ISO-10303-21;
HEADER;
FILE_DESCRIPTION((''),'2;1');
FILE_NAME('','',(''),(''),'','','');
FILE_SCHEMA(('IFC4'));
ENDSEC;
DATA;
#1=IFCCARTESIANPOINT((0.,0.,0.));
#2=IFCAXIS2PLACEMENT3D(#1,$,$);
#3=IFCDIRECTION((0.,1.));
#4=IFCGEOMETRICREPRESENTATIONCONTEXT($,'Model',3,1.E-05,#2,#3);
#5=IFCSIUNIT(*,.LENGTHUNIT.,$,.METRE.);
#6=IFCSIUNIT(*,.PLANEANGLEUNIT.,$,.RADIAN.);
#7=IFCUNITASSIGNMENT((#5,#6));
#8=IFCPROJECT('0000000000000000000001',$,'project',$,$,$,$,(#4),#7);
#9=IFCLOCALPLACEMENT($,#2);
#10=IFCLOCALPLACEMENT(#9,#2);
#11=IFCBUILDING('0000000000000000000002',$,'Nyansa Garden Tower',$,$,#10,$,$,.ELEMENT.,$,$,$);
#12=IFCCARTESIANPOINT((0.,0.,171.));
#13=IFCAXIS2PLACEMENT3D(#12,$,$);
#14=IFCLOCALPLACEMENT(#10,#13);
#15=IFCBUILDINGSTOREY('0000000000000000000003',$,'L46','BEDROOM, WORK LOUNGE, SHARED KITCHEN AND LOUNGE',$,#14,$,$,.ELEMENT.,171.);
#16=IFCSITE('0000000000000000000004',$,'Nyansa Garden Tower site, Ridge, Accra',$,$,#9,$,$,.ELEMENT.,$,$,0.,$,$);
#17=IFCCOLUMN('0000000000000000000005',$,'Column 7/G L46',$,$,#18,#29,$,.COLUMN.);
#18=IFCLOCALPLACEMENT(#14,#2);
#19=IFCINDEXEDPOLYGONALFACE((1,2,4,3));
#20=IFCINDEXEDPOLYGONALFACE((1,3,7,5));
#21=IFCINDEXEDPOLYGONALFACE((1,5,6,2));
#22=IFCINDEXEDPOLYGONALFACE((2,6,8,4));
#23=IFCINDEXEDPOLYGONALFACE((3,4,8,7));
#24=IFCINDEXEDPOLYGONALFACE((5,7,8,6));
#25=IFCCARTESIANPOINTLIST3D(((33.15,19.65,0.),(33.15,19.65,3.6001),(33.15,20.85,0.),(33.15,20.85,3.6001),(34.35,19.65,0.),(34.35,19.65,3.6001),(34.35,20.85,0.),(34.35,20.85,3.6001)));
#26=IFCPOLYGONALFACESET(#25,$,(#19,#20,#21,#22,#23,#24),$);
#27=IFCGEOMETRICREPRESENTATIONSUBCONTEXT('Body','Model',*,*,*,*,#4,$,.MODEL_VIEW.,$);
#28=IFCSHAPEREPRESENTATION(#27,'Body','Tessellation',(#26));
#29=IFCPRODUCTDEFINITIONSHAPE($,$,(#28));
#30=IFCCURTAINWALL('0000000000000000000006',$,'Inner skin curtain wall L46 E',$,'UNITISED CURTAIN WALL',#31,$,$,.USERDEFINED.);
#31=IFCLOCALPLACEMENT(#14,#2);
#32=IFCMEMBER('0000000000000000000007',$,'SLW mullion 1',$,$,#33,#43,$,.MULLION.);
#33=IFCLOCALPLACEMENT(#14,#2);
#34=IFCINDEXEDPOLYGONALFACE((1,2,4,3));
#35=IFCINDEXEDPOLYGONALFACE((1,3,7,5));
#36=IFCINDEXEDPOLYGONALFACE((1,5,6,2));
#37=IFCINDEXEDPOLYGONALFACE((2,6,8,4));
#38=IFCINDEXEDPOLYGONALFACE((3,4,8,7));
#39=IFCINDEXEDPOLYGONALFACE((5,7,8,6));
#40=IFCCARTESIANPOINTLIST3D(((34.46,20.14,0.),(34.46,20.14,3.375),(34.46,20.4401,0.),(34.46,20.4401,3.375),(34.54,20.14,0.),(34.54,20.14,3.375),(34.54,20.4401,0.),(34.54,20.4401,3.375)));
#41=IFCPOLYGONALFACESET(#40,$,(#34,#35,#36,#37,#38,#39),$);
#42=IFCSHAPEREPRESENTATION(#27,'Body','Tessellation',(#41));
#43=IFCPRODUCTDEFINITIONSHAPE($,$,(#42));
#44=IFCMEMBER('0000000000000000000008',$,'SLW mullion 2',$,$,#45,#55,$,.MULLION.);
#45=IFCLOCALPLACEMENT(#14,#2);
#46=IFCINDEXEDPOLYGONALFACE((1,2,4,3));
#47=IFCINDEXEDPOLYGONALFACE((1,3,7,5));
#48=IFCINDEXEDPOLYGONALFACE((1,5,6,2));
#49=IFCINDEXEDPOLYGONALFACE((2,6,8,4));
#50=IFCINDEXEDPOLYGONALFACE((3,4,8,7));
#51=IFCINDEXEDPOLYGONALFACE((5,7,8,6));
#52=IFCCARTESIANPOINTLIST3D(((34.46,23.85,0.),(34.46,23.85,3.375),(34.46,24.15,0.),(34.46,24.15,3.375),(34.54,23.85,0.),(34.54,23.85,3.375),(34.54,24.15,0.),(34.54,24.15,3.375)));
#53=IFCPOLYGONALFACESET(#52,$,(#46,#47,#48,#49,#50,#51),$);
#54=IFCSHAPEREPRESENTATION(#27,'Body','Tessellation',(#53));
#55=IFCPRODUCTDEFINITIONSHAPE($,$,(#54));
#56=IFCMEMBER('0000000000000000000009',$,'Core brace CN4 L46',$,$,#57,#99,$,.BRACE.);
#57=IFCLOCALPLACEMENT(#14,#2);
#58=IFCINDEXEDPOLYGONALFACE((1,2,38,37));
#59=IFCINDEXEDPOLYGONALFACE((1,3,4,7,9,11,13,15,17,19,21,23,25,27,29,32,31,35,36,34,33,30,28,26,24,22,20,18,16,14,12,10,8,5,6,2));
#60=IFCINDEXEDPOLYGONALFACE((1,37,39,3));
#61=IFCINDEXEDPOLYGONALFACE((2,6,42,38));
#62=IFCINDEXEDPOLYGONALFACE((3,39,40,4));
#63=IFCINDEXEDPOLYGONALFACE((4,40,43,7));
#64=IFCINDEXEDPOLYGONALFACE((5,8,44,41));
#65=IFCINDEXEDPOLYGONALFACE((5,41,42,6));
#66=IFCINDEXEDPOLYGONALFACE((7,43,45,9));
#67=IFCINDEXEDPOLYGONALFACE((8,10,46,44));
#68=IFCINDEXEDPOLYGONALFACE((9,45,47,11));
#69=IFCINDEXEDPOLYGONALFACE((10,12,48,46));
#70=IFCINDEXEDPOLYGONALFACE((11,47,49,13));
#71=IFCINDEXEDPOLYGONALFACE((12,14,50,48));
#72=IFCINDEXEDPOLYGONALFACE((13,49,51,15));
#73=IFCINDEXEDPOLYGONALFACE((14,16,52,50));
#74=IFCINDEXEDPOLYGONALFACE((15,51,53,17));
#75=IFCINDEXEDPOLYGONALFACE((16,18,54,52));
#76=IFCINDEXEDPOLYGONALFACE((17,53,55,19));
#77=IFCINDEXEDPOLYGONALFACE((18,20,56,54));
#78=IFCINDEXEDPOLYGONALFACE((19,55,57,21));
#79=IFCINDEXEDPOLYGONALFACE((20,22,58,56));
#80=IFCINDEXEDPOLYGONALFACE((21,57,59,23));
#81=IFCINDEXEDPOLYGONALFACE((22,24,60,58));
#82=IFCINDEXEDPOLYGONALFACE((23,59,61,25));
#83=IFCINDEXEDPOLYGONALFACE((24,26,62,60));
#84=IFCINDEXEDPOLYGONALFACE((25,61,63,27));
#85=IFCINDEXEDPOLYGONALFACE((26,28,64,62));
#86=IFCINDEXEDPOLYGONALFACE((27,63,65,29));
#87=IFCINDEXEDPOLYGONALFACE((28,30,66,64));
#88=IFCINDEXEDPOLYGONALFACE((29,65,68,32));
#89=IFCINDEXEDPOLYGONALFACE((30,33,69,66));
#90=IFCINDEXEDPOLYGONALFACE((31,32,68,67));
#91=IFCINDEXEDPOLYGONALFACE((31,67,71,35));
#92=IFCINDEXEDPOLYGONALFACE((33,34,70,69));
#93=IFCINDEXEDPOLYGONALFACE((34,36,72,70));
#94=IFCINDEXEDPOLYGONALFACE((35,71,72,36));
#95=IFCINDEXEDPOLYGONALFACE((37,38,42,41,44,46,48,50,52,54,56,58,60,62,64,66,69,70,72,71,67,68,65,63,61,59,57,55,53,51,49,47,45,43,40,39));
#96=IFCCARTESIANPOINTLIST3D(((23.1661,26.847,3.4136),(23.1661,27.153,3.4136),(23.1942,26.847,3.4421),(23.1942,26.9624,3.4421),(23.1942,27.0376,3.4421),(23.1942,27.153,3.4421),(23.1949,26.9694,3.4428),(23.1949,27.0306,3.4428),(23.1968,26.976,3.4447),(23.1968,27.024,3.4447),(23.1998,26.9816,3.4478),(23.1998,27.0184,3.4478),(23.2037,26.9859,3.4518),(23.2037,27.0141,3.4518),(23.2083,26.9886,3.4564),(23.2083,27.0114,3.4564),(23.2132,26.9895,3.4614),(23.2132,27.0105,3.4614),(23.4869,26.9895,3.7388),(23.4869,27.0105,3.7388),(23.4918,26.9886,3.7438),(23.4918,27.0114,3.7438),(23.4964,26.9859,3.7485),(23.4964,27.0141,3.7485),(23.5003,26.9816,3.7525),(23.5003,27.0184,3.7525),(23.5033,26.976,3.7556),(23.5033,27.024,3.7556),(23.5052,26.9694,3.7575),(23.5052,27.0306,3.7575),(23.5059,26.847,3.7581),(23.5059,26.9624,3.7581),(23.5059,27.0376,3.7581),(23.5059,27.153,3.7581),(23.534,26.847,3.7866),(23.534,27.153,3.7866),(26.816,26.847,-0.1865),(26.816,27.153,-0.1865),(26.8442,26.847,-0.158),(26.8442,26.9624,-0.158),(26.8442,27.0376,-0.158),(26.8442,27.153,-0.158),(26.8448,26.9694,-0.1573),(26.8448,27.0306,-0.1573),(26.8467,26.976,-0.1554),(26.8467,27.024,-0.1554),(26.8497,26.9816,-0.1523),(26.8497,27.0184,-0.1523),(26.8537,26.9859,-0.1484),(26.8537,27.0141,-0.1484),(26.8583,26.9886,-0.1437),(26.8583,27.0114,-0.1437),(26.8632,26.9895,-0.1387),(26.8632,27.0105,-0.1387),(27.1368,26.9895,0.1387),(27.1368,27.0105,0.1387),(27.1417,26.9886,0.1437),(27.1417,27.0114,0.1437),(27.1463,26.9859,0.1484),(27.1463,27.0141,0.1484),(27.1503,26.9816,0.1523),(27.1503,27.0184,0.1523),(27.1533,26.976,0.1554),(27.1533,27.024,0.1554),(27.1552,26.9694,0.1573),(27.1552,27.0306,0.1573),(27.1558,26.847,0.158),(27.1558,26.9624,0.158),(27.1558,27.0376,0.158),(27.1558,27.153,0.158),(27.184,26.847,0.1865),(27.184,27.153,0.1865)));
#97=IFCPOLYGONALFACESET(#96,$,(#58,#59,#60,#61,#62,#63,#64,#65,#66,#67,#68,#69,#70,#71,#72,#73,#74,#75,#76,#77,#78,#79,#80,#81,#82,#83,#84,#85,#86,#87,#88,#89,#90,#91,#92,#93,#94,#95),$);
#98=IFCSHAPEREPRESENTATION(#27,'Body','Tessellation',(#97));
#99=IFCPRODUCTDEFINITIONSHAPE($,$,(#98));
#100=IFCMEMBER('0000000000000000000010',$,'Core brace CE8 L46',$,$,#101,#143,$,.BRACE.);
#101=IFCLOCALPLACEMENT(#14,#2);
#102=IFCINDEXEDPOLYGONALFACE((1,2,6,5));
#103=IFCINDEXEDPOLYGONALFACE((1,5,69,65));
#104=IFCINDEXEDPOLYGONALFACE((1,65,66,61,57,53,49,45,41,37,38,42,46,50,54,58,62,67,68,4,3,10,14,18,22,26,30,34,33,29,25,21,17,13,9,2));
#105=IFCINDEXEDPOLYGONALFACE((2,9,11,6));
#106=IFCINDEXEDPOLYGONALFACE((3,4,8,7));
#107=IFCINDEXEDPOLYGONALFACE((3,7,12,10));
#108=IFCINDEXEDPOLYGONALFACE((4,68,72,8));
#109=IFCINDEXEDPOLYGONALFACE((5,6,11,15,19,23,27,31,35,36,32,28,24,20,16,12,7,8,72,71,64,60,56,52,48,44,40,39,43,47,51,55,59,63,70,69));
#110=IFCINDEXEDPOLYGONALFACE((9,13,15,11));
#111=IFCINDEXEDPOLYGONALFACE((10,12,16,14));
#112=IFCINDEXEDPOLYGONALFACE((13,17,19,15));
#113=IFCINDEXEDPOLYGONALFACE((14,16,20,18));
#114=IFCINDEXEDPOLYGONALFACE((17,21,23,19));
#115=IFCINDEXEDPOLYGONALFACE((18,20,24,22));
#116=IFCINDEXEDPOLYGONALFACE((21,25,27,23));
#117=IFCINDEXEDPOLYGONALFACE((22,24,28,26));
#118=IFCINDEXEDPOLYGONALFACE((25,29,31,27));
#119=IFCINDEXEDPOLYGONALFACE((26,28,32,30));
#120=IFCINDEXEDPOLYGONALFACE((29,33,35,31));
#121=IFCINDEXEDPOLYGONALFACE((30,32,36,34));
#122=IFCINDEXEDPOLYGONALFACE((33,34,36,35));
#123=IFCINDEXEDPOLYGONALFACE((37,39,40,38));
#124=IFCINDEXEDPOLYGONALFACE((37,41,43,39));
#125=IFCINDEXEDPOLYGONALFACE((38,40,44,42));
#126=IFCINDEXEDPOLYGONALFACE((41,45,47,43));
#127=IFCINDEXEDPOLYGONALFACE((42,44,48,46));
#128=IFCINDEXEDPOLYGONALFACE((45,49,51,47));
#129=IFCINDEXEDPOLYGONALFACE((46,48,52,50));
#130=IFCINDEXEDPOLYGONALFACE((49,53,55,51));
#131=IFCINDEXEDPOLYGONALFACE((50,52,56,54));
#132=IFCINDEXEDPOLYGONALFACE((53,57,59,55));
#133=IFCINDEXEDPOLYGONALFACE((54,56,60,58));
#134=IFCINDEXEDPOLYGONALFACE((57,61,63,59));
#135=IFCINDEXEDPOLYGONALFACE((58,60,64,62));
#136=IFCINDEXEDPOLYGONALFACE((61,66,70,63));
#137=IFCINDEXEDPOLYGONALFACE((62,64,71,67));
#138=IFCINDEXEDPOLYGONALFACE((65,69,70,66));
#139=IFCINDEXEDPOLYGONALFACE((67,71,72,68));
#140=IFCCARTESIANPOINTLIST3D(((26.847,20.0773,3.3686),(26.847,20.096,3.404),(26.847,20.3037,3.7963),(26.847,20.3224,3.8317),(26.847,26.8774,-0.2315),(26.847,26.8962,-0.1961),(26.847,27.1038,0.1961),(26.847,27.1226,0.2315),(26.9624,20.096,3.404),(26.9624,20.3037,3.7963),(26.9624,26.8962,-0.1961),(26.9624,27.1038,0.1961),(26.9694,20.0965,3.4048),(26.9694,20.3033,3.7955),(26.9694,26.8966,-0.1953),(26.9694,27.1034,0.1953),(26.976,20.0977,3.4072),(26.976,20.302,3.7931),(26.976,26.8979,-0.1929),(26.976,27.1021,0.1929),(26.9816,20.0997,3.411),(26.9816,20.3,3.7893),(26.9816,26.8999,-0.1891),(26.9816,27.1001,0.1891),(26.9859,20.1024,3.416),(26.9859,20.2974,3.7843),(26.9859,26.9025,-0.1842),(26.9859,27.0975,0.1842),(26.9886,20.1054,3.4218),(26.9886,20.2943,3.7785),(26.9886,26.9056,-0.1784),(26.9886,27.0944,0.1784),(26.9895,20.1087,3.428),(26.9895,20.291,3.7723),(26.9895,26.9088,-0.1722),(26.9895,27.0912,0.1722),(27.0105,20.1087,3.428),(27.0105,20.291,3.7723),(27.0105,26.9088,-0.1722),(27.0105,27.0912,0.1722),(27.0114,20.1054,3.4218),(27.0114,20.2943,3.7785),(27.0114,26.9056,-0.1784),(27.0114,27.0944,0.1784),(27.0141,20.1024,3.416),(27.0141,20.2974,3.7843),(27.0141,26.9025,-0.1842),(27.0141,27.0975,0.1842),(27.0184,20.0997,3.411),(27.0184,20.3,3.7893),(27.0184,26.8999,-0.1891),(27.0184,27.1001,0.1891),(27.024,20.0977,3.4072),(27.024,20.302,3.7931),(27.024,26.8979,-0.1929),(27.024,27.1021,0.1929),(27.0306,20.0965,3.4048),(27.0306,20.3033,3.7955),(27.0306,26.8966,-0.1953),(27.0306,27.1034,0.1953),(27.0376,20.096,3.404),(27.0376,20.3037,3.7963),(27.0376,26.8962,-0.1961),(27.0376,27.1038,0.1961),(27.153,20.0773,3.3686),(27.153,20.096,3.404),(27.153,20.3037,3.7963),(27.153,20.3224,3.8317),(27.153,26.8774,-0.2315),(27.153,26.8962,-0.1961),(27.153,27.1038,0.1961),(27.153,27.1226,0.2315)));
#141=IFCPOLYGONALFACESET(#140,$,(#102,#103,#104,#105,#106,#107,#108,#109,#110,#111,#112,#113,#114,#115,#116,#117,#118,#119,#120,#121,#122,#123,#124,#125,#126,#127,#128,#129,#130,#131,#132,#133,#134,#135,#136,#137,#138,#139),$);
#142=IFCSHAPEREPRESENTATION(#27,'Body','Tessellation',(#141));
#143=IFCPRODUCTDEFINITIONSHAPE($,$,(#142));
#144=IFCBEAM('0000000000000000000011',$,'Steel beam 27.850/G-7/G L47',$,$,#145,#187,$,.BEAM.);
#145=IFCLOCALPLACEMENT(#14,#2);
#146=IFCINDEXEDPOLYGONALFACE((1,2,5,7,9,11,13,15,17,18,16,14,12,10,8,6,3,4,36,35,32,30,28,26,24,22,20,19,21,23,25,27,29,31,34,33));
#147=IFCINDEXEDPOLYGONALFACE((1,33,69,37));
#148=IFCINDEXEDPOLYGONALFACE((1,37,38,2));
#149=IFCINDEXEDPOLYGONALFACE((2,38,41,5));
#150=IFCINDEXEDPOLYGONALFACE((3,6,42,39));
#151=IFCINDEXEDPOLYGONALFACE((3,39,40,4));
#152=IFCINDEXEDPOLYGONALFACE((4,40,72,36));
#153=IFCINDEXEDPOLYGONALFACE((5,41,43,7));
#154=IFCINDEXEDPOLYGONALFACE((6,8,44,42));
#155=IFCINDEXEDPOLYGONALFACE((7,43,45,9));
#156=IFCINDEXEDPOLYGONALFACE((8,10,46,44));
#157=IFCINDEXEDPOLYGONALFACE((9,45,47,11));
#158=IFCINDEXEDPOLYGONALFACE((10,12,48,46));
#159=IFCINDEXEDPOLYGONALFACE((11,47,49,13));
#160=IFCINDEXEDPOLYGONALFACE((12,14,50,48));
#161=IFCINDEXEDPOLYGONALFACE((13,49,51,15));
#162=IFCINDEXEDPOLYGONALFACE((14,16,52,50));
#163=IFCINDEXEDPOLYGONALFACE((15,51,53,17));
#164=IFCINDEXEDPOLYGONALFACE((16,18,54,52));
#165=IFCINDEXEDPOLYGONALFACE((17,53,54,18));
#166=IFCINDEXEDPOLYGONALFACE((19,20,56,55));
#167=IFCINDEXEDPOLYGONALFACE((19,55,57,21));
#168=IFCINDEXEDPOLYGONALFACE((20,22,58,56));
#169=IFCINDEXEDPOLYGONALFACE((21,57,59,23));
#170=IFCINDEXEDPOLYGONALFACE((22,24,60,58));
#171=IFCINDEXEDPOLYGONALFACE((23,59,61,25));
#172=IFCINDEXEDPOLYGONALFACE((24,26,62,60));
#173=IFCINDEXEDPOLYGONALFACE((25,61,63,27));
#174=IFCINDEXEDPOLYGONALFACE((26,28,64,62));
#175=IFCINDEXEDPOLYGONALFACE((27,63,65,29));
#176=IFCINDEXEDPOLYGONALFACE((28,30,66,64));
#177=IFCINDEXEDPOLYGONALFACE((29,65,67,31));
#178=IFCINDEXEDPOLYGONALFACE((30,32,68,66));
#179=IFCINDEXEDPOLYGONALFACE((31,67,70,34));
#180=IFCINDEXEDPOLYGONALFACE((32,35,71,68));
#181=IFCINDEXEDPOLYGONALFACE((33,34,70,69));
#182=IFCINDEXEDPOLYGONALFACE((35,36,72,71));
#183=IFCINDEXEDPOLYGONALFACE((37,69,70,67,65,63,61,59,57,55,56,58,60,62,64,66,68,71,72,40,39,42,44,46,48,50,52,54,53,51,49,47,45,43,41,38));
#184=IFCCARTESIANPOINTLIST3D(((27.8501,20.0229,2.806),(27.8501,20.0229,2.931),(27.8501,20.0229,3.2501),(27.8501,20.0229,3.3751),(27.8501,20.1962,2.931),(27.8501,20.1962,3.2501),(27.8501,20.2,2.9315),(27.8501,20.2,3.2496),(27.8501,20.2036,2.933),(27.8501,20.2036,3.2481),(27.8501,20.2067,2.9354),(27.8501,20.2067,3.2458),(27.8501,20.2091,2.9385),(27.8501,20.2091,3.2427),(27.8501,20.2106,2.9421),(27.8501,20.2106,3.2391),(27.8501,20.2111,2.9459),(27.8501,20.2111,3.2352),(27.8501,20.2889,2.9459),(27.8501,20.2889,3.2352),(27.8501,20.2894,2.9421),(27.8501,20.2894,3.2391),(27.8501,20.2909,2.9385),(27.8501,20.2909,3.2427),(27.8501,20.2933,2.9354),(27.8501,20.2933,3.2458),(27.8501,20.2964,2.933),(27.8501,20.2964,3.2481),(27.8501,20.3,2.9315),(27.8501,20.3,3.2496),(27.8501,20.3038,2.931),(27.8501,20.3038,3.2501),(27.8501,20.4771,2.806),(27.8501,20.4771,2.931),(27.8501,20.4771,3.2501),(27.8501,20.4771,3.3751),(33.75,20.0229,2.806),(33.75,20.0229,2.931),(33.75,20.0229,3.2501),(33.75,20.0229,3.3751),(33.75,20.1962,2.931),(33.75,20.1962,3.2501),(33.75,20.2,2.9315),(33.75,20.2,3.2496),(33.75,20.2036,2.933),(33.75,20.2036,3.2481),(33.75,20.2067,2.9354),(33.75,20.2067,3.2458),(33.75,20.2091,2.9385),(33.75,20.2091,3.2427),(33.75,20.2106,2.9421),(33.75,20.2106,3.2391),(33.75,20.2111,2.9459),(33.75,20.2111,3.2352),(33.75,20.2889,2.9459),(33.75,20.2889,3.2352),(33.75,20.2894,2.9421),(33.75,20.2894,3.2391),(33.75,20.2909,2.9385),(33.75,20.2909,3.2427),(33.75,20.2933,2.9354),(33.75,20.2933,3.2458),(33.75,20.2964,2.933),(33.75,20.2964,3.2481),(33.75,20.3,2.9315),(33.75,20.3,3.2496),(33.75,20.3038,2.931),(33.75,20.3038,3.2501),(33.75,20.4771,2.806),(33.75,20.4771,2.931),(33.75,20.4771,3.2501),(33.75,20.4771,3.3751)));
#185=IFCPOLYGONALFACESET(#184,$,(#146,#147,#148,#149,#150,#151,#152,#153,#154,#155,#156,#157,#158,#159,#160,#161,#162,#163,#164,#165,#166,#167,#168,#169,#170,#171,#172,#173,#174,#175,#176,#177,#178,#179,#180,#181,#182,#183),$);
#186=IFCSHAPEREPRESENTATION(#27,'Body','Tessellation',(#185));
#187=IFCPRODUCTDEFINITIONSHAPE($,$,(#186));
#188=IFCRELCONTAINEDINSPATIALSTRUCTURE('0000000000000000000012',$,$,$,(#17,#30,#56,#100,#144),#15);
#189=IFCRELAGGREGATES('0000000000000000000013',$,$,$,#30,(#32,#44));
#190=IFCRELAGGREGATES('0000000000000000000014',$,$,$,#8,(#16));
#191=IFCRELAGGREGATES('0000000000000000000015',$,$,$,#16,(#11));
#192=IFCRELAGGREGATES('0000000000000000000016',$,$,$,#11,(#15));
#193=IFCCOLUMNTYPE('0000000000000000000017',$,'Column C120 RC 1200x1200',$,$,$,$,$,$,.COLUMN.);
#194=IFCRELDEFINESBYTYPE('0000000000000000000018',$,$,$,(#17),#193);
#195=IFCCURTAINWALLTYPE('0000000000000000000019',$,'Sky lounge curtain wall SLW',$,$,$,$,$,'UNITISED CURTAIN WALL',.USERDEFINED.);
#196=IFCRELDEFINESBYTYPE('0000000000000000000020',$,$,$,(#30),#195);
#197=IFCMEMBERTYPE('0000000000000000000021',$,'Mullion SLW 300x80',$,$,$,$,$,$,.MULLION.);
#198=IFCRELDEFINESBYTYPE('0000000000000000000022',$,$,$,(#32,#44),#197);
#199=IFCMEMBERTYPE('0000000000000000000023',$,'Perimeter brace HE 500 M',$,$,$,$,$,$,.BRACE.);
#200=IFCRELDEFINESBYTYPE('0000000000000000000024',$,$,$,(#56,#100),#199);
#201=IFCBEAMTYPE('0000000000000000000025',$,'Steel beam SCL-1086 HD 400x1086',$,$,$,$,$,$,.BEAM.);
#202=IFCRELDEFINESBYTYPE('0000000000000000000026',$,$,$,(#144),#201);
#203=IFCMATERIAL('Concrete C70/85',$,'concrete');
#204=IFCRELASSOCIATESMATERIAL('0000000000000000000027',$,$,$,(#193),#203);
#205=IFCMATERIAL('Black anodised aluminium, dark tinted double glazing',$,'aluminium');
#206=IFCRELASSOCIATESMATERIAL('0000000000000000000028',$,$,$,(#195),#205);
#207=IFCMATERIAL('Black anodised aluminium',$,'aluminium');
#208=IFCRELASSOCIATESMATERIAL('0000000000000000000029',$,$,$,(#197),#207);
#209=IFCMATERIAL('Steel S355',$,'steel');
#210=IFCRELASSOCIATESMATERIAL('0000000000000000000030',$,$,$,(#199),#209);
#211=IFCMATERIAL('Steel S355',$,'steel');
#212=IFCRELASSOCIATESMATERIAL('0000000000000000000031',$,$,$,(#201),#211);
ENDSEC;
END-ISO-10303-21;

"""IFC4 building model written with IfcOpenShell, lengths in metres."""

from ifc_helpers import new_model, si_unit, direction, frame, origin, origin_2d, place, context, subcontext, project, spatial, rectangle, i_section, extrude, material, material_profile, profile_set, type_object, element, aggregate, save


model = new_model("IFC4")

# Units and contexts
model_context = context("Model", 3, precision=1e-05, world=origin(), true_north=direction((0.0, 1.0)))
body_context = subcontext(model_context, "Body", "Model", "MODEL_VIEW")
ifc_project = project(units=[si_unit("LENGTHUNIT", "METRE"), si_unit("PLANEANGLEUNIT", "RADIAN")], contexts=[model_context])

# Site, building, storey
site_placement = place(None, origin())
site = spatial("IfcSite", under=ifc_project, at=site_placement, Name="Nyansa Garden Tower site, Ridge, Accra", CompositionType="ELEMENT", RefElevation=0.0)
building_placement = place(site_placement, origin())
building = spatial("IfcBuilding", under=site, at=building_placement, Name="Nyansa Garden Tower", CompositionType="ELEMENT")
storey_placement = place(building_placement, frame((0.0, 0.0, 171.0)))
storey = spatial("IfcBuildingStorey", under=building, at=storey_placement, Name="L46", Description="BEDROOM, WORK LOUNGE, SHARED KITCHEN AND LOUNGE", CompositionType="ELEMENT", Elevation=171.0)

# Column
ifc_material_1 = material(Name="Concrete C70/85", Category="concrete")
ifc_material_profile_1 = material_profile(ifc_material_1, rectangle(XDim=1.2, YDim=1.2, at=origin_2d()), Name="RC 1200x1200")
ifc_profile_set_1 = profile_set([ifc_material_profile_1], Name="Concrete C70/85")
column_type = type_object("IfcColumnType", Name="Column C120 RC 1200x1200", PredefinedType="COLUMN", material=ifc_profile_set_1)
column_placement = place(storey_placement, frame((33.75, 20.25, 0.0), z_axis=(0.0, 0.0, 1.0), x_axis=(1.0, 0.0, 0.0)))
element("IfcColumn", 1, at=column_placement, inside=storey, type_object=column_type, Name="Column 7/G L46", PredefinedType="COLUMN", context=body_context, shape_type="SweptSolid", body=[
    extrude(rectangle(XDim=1.2, YDim=1.2, at=origin_2d()), origin(), (0.0, 0.0, 1.0), 3.6001),
])

# Curtain wall, members
ifc_material_2 = material(Name="Black anodised aluminium, dark tinted double glazing", Category="aluminium")
curtain_wall_type = type_object("IfcCurtainWallType", Name="Sky lounge curtain wall SLW", ElementType="UNITISED CURTAIN WALL", PredefinedType="USERDEFINED", material=ifc_material_2)
curtain_wall_placement = place(storey_placement, origin())
curtain_wall = element("IfcCurtainWall", 2, at=curtain_wall_placement, inside=storey, type_object=curtain_wall_type, Name="Inner skin curtain wall L46 E", ObjectType="UNITISED CURTAIN WALL", PredefinedType="USERDEFINED")
ifc_material_3 = material(Name="Black anodised aluminium", Category="aluminium")
ifc_material_profile_2 = material_profile(ifc_material_3, rectangle(XDim=0.0801, YDim=0.3, at=origin_2d()), Name="Mullion 300x80")
ifc_profile_set_2 = profile_set([ifc_material_profile_2], Name="Black anodised aluminium")
member_type_1 = type_object("IfcMemberType", Name="Mullion SLW 300x80", PredefinedType="MULLION", material=ifc_profile_set_2)
member_1_placement = place(storey_placement, frame((34.5, 20.29, 0.0), z_axis=(0.0, 0.0, 1.0), x_axis=(-1.0, 0.0, 0.0)))
member_1 = element("IfcMember", 3, at=member_1_placement, type_object=member_type_1, Name="SLW mullion 1", PredefinedType="MULLION", context=body_context, shape_type="SweptSolid", body=[
    extrude(rectangle(XDim=0.0801, YDim=0.3, at=origin_2d()), origin(), (0.0, 0.0, 1.0), 3.375),
])
member_2_placement = place(storey_placement, frame((34.5, 24.0, 0.0), z_axis=(0.0, 0.0, 1.0), x_axis=(-1.0, 0.0, 0.0)))
member_2 = element("IfcMember", 4, at=member_2_placement, type_object=member_type_1, Name="SLW mullion 2", PredefinedType="MULLION", context=body_context, shape_type="SweptSolid", body=[
    extrude(rectangle(XDim=0.0801, YDim=0.3, at=origin_2d()), origin(), (0.0, 0.0, 1.0), 3.375),
])

# Members
ifc_material_4 = material(Name="Steel S355", Category="steel")
ifc_material_profile_3 = material_profile(ifc_material_4, i_section(OverallWidth=0.3059, OverallDepth=0.5239, WebThickness=0.021, FlangeThickness=0.04, FilletRadius=0.0271, at=origin_2d()), Name="HE 500 M")
ifc_profile_set_3 = profile_set([ifc_material_profile_3], Name="Steel S355")
member_type_2 = type_object("IfcMemberType", Name="Perimeter brace HE 500 M", PredefinedType="BRACE", material=ifc_profile_set_3)
member_3_placement = place(storey_placement, frame((27.0, 27.0, 0.0), z_axis=(-0.711948, 0.0, 0.702233), x_axis=(0.0, -1.0, 0.0)))
element("IfcMember", 5, at=member_3_placement, inside=storey, type_object=member_type_2, Name="Core brace CN4 L46", PredefinedType="BRACE", context=body_context, shape_type="SweptSolid", body=[
    extrude(i_section(OverallWidth=0.3059, OverallDepth=0.5239, WebThickness=0.021, FlangeThickness=0.04, FilletRadius=0.0271, at=origin_2d()), origin(), (0.0, 0.0, 1.0), 5.1267),
])
member_4_placement = place(storey_placement, frame((27.0, 27.0, 0.0), z_axis=(0.0, -0.883784, 0.467895), x_axis=(1.0, 0.0, 0.0)))
element("IfcMember", 6, at=member_4_placement, inside=storey, type_object=member_type_2, Name="Core brace CE8 L46", PredefinedType="BRACE", context=body_context, shape_type="SweptSolid", body=[
    extrude(i_section(OverallWidth=0.3059, OverallDepth=0.5239, WebThickness=0.021, FlangeThickness=0.04, FilletRadius=0.0271, at=origin_2d()), origin(), (0.0, 0.0, 1.0), 7.6943),
])

# Beam
ifc_material_5 = material(Name="Steel S355", Category="steel")
ifc_material_profile_4 = material_profile(ifc_material_5, i_section(OverallWidth=0.4541, OverallDepth=0.5691, WebThickness=0.0779, FlangeThickness=0.125, FilletRadius=0.0149, at=origin_2d()), Name="HD 400x1086")
ifc_profile_set_4 = profile_set([ifc_material_profile_4], Name="Steel S355")
beam_type_1 = type_object("IfcBeamType", Name="Steel beam SCL-1086 HD 400x1086", PredefinedType="BEAM", material=ifc_profile_set_4)
beam_1_placement = place(storey_placement, frame((27.8501, 20.25, 3.0906), z_axis=(1.0, 0.0, 0.0), x_axis=(0.0, 1.0, 0.0)))
element("IfcBeam", 7, at=beam_1_placement, inside=storey, type_object=beam_type_1, Name="Steel beam 27.850/G-7/G L47", PredefinedType="BEAM", context=body_context, shape_type="SweptSolid", body=[
    extrude(i_section(OverallWidth=0.4541, OverallDepth=0.5691, WebThickness=0.0779, FlangeThickness=0.125, FilletRadius=0.0149, at=origin_2d()), origin(), (0.0, 0.0, 1.0), 5.8999),
])

aggregate(curtain_wall, [member_1, member_2])

save(model, "model.ifc")
